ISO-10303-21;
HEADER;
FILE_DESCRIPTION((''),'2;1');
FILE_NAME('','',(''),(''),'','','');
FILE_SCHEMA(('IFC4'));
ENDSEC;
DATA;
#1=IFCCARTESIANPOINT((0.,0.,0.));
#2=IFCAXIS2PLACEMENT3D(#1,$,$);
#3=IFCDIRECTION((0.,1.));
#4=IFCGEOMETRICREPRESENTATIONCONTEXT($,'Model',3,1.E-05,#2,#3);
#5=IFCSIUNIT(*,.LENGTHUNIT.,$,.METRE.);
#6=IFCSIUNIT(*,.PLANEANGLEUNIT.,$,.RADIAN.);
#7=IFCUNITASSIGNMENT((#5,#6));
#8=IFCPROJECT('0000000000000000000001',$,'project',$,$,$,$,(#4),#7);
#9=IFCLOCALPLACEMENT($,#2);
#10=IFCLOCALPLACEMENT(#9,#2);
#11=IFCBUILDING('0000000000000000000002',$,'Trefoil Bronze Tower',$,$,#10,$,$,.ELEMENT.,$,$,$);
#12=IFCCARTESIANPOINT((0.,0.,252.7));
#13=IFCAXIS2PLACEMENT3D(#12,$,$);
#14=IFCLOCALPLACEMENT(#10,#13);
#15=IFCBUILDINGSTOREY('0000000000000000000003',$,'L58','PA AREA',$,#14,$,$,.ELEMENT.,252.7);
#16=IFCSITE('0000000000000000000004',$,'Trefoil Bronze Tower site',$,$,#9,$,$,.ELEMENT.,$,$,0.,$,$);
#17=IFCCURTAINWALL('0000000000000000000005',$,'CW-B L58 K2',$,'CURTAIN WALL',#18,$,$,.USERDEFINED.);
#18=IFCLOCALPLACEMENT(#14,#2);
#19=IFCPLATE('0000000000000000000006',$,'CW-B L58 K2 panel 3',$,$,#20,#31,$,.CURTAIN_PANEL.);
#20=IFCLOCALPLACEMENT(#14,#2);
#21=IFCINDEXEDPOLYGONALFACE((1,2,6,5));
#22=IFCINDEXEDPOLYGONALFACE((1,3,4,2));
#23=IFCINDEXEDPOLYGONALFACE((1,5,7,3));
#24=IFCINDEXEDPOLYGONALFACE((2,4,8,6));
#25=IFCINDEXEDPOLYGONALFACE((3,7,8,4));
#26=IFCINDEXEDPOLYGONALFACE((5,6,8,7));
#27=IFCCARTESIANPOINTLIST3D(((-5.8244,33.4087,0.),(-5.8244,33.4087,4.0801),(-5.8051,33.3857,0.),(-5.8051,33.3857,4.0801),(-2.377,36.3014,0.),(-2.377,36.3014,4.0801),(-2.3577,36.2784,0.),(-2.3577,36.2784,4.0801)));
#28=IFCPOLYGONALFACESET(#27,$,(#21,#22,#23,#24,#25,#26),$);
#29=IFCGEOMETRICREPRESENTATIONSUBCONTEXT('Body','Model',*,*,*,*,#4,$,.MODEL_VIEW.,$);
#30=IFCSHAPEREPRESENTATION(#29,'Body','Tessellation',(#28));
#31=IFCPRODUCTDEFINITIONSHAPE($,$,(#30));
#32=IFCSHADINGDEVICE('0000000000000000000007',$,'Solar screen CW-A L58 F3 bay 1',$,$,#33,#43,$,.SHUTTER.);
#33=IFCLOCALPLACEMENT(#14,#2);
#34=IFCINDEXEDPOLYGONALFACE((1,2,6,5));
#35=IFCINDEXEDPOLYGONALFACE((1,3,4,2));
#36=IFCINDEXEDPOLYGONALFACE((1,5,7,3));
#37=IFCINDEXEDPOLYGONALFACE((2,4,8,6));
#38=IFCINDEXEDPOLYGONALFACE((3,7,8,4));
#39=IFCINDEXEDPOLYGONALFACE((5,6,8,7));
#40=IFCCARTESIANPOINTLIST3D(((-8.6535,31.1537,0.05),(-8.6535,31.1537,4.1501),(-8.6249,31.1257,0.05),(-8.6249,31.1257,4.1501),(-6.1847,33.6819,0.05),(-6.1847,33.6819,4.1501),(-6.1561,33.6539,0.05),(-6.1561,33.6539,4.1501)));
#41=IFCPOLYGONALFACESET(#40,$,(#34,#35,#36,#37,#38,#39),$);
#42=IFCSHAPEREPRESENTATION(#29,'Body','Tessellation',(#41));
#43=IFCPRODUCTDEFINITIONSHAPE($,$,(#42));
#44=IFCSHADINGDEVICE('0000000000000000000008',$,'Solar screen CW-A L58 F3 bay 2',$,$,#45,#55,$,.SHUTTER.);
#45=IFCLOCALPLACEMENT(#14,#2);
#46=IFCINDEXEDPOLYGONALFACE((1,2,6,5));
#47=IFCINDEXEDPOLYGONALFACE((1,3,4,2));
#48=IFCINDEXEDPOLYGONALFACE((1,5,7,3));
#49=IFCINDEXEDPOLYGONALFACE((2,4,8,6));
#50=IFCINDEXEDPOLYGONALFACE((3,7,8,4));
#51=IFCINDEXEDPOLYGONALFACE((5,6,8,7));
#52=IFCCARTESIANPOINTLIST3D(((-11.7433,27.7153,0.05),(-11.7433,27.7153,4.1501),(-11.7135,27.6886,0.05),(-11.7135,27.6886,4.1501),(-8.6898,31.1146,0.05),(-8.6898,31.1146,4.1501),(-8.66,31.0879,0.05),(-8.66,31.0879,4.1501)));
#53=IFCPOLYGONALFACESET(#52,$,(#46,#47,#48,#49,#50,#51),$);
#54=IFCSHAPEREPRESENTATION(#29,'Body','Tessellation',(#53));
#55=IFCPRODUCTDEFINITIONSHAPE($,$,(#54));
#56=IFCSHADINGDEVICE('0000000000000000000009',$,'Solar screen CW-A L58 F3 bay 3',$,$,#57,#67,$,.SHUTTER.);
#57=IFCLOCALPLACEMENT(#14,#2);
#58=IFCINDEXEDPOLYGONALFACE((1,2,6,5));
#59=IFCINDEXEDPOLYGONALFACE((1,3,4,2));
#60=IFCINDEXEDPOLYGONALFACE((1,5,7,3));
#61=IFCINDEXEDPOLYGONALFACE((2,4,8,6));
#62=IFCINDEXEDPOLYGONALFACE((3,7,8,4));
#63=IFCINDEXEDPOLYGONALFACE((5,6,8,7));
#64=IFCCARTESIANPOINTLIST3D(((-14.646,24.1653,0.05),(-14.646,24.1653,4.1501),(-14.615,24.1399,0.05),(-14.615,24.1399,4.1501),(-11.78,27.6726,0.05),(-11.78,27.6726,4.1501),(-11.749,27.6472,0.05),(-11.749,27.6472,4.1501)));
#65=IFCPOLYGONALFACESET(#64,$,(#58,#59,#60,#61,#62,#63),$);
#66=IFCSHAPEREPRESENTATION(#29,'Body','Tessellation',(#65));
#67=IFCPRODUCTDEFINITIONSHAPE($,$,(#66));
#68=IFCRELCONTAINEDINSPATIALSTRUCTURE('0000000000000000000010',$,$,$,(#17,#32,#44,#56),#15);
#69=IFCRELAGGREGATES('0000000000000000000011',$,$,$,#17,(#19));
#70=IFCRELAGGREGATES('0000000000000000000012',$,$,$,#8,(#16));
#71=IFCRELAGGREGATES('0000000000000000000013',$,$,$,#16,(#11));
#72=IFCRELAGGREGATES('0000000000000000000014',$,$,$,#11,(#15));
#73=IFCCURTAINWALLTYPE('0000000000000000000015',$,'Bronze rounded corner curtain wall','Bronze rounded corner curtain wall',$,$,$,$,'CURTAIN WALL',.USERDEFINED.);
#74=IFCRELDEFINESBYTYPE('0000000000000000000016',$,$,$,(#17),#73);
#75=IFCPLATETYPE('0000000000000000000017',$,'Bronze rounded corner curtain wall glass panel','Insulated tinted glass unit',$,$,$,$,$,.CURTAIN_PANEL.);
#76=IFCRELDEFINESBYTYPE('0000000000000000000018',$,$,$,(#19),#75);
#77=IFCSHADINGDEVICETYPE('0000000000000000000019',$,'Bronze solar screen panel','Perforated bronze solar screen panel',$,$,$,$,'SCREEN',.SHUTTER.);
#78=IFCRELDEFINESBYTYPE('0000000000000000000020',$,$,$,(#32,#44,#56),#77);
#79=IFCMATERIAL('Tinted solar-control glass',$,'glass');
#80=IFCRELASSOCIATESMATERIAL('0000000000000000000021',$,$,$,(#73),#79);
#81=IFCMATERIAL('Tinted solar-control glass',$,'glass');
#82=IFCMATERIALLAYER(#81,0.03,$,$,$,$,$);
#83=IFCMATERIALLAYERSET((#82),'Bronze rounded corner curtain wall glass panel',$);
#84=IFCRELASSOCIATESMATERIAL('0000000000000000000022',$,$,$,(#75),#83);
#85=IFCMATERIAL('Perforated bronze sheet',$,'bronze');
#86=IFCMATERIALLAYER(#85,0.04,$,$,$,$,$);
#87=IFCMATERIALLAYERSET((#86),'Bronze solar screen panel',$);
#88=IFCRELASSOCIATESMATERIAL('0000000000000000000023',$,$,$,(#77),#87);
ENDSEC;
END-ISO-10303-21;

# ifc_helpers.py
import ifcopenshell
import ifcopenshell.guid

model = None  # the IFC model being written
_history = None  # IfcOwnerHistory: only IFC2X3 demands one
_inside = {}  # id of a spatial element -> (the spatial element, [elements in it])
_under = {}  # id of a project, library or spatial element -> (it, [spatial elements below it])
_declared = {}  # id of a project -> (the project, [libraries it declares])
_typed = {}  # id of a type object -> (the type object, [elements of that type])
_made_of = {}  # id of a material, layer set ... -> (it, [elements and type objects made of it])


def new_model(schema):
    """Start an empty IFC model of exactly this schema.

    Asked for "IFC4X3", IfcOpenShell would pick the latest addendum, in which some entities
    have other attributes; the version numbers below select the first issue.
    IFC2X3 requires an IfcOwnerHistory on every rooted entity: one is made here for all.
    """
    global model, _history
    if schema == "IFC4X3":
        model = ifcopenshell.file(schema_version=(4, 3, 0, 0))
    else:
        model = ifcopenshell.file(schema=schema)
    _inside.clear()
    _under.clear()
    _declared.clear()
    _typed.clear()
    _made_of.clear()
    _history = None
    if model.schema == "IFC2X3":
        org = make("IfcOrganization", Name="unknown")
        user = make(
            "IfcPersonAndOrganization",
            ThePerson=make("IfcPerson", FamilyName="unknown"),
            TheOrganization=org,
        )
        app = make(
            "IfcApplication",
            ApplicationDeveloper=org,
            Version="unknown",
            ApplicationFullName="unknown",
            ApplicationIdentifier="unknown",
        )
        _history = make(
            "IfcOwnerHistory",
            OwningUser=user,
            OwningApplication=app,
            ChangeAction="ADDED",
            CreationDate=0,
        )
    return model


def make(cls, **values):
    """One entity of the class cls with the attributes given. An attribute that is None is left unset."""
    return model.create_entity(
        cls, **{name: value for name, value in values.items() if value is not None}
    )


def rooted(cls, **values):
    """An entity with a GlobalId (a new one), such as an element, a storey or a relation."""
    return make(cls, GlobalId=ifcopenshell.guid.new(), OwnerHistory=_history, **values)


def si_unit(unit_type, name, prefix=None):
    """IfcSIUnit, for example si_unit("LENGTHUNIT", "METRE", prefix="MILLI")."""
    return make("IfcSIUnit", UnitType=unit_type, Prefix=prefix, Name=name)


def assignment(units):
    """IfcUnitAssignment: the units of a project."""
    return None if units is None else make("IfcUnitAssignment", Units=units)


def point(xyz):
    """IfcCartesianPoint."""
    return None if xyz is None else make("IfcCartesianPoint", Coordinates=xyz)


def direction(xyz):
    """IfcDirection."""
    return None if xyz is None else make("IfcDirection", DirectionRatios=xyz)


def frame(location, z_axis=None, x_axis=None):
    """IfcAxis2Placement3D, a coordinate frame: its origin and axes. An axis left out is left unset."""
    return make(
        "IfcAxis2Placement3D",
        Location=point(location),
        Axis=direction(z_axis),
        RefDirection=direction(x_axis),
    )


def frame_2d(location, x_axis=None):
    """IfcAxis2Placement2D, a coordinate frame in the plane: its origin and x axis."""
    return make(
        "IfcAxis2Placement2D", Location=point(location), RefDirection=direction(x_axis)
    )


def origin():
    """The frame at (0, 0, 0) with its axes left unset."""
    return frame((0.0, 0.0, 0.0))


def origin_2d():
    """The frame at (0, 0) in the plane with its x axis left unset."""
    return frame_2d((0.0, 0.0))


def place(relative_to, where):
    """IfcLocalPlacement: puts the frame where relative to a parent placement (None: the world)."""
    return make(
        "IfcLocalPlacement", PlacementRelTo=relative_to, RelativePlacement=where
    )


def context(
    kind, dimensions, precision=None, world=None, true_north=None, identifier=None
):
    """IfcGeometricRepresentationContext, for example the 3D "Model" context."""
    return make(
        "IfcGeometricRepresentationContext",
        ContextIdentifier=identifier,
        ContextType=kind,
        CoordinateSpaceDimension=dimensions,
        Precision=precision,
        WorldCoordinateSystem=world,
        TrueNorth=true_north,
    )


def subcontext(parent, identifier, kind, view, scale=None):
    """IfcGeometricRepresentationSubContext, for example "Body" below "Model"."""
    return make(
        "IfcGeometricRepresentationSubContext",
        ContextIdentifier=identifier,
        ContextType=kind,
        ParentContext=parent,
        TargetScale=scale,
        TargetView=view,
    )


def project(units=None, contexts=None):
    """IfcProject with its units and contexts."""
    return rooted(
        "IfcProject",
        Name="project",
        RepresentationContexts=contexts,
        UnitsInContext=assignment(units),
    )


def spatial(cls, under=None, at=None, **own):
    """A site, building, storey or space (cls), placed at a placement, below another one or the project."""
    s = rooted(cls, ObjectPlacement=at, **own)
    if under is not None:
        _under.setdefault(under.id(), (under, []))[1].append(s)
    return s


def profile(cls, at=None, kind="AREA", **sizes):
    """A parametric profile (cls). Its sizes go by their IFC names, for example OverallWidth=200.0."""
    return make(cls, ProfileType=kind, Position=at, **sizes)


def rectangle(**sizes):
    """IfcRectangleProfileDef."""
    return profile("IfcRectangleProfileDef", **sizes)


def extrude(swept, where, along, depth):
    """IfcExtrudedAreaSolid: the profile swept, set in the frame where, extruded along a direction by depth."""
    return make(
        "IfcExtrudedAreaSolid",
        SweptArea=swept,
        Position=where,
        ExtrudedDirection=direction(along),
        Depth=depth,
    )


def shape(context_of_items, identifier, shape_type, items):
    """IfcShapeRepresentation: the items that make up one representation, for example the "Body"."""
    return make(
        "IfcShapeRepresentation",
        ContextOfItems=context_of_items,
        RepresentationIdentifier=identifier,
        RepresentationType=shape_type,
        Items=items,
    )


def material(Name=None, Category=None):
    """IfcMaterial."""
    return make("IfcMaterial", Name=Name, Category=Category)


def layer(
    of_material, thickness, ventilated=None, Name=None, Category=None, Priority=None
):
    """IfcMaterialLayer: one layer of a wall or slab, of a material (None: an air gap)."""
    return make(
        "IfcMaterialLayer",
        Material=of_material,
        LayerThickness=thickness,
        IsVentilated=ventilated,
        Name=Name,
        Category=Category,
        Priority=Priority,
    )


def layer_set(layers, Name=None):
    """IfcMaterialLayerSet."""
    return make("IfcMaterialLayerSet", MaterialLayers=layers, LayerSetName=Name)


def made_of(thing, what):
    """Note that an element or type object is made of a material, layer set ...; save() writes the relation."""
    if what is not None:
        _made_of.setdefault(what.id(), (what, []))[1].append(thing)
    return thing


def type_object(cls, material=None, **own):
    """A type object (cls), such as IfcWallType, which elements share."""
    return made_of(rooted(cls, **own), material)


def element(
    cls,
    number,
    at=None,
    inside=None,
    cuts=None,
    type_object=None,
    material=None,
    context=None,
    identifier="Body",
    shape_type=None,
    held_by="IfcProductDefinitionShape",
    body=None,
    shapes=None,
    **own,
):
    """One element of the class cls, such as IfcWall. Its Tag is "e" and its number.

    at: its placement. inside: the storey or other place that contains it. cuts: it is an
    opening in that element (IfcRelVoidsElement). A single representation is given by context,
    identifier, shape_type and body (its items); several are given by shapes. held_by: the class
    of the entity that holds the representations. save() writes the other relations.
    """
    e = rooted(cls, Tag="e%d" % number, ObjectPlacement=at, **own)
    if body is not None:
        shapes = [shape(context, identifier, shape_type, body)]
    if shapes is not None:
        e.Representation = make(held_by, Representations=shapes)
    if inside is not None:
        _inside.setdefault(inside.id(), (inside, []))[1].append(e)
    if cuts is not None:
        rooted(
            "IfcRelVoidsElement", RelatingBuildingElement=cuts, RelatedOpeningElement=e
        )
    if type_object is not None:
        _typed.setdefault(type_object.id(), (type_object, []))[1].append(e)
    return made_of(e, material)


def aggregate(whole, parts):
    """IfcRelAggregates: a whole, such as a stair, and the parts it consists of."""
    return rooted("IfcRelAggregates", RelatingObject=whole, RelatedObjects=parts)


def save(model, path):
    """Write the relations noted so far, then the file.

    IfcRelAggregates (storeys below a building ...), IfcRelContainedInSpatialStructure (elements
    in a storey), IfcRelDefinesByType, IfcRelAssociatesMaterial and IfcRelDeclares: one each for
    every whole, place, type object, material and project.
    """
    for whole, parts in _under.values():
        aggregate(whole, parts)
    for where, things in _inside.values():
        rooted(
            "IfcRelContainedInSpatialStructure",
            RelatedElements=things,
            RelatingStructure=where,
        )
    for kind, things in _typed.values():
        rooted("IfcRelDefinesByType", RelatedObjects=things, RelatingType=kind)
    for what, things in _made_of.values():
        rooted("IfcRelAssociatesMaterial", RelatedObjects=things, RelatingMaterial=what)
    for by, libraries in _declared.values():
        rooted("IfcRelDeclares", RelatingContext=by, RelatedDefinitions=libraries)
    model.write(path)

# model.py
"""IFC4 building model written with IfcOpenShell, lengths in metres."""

from ifc_helpers import new_model, si_unit, direction, frame, origin, origin_2d, place, context, subcontext, project, spatial, rectangle, extrude, material, layer, layer_set, type_object, element, aggregate, save


model = new_model("IFC4")

# Units and contexts
model_context = context("Model", 3, precision=1e-05, world=origin(), true_north=direction((0.0, 1.0)))
body_context = subcontext(model_context, "Body", "Model", "MODEL_VIEW")
ifc_project = project(units=[si_unit("LENGTHUNIT", "METRE"), si_unit("PLANEANGLEUNIT", "RADIAN")], contexts=[model_context])

# Site, building, storey
site_placement = place(None, origin())
site = spatial("IfcSite", under=ifc_project, at=site_placement, Name="Trefoil Bronze Tower site", CompositionType="ELEMENT", RefElevation=0.0)
building_placement = place(site_placement, origin())
building = spatial("IfcBuilding", under=site, at=building_placement, Name="Trefoil Bronze Tower", CompositionType="ELEMENT")
storey_placement = place(building_placement, frame((0.0, 0.0, 252.7)))
storey = spatial("IfcBuildingStorey", under=building, at=storey_placement, Name="L58", Description="PA AREA", CompositionType="ELEMENT", Elevation=252.7)

# Curtain wall
ifc_material_1 = material(Name="Tinted solar-control glass", Category="glass")
curtain_wall_type_1 = type_object("IfcCurtainWallType", Name="Bronze rounded corner curtain wall", Description="Bronze rounded corner curtain wall", ElementType="CURTAIN WALL", PredefinedType="USERDEFINED", material=ifc_material_1)
curtain_wall_1_placement = place(storey_placement, origin())
curtain_wall_1 = element("IfcCurtainWall", 1, at=curtain_wall_1_placement, inside=storey, type_object=curtain_wall_type_1, Name="CW-B L58 K2", ObjectType="CURTAIN WALL", PredefinedType="USERDEFINED")

# Plate
ifc_material_2 = material(Name="Tinted solar-control glass", Category="glass")
ifc_layer_1 = layer(ifc_material_2, 0.03)
ifc_layer_set_1 = layer_set([ifc_layer_1], Name="Bronze rounded corner curtain wall glass panel")
plate_type_1 = type_object("IfcPlateType", Name="Bronze rounded corner curtain wall glass panel", Description="Insulated tinted glass unit", PredefinedType="CURTAIN_PANEL", material=ifc_layer_set_1)
plate_1_placement = place(storey_placement, frame((-4.0911, 34.8435, 0.0), z_axis=(0.0, 0.0, 1.0), x_axis=(-0.766044, -0.642788, 0.0)))
plate_1 = element("IfcPlate", 2, at=plate_1_placement, type_object=plate_type_1, Name="CW-B L58 K2 panel 3", PredefinedType="CURTAIN_PANEL", context=body_context, shape_type="SweptSolid", body=[
    extrude(rectangle(XDim=4.5002, YDim=0.03, at=origin_2d()), origin(), (0.0, 0.0, 1.0), 4.0801),
])
aggregate(curtain_wall_1, [plate_1])

# Shading devices
ifc_material_3 = material(Name="Perforated bronze sheet", Category="bronze")
ifc_layer_2 = layer(ifc_material_3, 0.04)
ifc_layer_set_2 = layer_set([ifc_layer_2], Name="Bronze solar screen panel")
shading_device_type = type_object("IfcShadingDeviceType", Name="Bronze solar screen panel", Description="Perforated bronze solar screen panel", ElementType="SCREEN", PredefinedType="SHUTTER", material=ifc_layer_set_2)
shading_device_1_placement = place(storey_placement, frame((-7.4048, 32.4038, 0.05), z_axis=(0.0, 0.0, 1.0), x_axis=(-0.698652, -0.715462, 0.0)))
element("IfcShadingDevice", 3, at=shading_device_1_placement, inside=storey, type_object=shading_device_type, Name="Solar screen CW-A L58 F3 bay 1", PredefinedType="SHUTTER", context=body_context, shape_type="SweptSolid", body=[
    extrude(rectangle(XDim=3.5337, YDim=0.04, at=origin_2d()), origin(), (0.0, 0.0, 1.0), 4.1001),
])
shading_device_2_placement = place(storey_placement, frame((-10.2017, 29.4016, 0.05), z_axis=(0.0, 0.0, 1.0), x_axis=(-0.668246, -0.743941, 0.0)))
element("IfcShadingDevice", 4, at=shading_device_2_placement, inside=storey, type_object=shading_device_type, Name="Solar screen CW-A L58 F3 bay 2", PredefinedType="SHUTTER", context=body_context, shape_type="SweptSolid", body=[
    extrude(rectangle(XDim=4.5693, YDim=0.04, at=origin_2d()), origin(), (0.0, 0.0, 1.0), 4.1001),
])
shading_device_3_placement = place(storey_placement, frame((-13.1975, 25.9062, 0.05), z_axis=(0.0, 0.0, 1.0), x_axis=(-0.632753, -0.774354, 0.0)))
element("IfcShadingDevice", 5, at=shading_device_3_placement, inside=storey, type_object=shading_device_type, Name="Solar screen CW-A L58 F3 bay 3", PredefinedType="SHUTTER", context=body_context, shape_type="SweptSolid", body=[
    extrude(rectangle(XDim=4.5293, YDim=0.04, at=origin_2d()), origin(), (0.0, 0.0, 1.0), 4.1001),
])

save(model, "model.ifc")
